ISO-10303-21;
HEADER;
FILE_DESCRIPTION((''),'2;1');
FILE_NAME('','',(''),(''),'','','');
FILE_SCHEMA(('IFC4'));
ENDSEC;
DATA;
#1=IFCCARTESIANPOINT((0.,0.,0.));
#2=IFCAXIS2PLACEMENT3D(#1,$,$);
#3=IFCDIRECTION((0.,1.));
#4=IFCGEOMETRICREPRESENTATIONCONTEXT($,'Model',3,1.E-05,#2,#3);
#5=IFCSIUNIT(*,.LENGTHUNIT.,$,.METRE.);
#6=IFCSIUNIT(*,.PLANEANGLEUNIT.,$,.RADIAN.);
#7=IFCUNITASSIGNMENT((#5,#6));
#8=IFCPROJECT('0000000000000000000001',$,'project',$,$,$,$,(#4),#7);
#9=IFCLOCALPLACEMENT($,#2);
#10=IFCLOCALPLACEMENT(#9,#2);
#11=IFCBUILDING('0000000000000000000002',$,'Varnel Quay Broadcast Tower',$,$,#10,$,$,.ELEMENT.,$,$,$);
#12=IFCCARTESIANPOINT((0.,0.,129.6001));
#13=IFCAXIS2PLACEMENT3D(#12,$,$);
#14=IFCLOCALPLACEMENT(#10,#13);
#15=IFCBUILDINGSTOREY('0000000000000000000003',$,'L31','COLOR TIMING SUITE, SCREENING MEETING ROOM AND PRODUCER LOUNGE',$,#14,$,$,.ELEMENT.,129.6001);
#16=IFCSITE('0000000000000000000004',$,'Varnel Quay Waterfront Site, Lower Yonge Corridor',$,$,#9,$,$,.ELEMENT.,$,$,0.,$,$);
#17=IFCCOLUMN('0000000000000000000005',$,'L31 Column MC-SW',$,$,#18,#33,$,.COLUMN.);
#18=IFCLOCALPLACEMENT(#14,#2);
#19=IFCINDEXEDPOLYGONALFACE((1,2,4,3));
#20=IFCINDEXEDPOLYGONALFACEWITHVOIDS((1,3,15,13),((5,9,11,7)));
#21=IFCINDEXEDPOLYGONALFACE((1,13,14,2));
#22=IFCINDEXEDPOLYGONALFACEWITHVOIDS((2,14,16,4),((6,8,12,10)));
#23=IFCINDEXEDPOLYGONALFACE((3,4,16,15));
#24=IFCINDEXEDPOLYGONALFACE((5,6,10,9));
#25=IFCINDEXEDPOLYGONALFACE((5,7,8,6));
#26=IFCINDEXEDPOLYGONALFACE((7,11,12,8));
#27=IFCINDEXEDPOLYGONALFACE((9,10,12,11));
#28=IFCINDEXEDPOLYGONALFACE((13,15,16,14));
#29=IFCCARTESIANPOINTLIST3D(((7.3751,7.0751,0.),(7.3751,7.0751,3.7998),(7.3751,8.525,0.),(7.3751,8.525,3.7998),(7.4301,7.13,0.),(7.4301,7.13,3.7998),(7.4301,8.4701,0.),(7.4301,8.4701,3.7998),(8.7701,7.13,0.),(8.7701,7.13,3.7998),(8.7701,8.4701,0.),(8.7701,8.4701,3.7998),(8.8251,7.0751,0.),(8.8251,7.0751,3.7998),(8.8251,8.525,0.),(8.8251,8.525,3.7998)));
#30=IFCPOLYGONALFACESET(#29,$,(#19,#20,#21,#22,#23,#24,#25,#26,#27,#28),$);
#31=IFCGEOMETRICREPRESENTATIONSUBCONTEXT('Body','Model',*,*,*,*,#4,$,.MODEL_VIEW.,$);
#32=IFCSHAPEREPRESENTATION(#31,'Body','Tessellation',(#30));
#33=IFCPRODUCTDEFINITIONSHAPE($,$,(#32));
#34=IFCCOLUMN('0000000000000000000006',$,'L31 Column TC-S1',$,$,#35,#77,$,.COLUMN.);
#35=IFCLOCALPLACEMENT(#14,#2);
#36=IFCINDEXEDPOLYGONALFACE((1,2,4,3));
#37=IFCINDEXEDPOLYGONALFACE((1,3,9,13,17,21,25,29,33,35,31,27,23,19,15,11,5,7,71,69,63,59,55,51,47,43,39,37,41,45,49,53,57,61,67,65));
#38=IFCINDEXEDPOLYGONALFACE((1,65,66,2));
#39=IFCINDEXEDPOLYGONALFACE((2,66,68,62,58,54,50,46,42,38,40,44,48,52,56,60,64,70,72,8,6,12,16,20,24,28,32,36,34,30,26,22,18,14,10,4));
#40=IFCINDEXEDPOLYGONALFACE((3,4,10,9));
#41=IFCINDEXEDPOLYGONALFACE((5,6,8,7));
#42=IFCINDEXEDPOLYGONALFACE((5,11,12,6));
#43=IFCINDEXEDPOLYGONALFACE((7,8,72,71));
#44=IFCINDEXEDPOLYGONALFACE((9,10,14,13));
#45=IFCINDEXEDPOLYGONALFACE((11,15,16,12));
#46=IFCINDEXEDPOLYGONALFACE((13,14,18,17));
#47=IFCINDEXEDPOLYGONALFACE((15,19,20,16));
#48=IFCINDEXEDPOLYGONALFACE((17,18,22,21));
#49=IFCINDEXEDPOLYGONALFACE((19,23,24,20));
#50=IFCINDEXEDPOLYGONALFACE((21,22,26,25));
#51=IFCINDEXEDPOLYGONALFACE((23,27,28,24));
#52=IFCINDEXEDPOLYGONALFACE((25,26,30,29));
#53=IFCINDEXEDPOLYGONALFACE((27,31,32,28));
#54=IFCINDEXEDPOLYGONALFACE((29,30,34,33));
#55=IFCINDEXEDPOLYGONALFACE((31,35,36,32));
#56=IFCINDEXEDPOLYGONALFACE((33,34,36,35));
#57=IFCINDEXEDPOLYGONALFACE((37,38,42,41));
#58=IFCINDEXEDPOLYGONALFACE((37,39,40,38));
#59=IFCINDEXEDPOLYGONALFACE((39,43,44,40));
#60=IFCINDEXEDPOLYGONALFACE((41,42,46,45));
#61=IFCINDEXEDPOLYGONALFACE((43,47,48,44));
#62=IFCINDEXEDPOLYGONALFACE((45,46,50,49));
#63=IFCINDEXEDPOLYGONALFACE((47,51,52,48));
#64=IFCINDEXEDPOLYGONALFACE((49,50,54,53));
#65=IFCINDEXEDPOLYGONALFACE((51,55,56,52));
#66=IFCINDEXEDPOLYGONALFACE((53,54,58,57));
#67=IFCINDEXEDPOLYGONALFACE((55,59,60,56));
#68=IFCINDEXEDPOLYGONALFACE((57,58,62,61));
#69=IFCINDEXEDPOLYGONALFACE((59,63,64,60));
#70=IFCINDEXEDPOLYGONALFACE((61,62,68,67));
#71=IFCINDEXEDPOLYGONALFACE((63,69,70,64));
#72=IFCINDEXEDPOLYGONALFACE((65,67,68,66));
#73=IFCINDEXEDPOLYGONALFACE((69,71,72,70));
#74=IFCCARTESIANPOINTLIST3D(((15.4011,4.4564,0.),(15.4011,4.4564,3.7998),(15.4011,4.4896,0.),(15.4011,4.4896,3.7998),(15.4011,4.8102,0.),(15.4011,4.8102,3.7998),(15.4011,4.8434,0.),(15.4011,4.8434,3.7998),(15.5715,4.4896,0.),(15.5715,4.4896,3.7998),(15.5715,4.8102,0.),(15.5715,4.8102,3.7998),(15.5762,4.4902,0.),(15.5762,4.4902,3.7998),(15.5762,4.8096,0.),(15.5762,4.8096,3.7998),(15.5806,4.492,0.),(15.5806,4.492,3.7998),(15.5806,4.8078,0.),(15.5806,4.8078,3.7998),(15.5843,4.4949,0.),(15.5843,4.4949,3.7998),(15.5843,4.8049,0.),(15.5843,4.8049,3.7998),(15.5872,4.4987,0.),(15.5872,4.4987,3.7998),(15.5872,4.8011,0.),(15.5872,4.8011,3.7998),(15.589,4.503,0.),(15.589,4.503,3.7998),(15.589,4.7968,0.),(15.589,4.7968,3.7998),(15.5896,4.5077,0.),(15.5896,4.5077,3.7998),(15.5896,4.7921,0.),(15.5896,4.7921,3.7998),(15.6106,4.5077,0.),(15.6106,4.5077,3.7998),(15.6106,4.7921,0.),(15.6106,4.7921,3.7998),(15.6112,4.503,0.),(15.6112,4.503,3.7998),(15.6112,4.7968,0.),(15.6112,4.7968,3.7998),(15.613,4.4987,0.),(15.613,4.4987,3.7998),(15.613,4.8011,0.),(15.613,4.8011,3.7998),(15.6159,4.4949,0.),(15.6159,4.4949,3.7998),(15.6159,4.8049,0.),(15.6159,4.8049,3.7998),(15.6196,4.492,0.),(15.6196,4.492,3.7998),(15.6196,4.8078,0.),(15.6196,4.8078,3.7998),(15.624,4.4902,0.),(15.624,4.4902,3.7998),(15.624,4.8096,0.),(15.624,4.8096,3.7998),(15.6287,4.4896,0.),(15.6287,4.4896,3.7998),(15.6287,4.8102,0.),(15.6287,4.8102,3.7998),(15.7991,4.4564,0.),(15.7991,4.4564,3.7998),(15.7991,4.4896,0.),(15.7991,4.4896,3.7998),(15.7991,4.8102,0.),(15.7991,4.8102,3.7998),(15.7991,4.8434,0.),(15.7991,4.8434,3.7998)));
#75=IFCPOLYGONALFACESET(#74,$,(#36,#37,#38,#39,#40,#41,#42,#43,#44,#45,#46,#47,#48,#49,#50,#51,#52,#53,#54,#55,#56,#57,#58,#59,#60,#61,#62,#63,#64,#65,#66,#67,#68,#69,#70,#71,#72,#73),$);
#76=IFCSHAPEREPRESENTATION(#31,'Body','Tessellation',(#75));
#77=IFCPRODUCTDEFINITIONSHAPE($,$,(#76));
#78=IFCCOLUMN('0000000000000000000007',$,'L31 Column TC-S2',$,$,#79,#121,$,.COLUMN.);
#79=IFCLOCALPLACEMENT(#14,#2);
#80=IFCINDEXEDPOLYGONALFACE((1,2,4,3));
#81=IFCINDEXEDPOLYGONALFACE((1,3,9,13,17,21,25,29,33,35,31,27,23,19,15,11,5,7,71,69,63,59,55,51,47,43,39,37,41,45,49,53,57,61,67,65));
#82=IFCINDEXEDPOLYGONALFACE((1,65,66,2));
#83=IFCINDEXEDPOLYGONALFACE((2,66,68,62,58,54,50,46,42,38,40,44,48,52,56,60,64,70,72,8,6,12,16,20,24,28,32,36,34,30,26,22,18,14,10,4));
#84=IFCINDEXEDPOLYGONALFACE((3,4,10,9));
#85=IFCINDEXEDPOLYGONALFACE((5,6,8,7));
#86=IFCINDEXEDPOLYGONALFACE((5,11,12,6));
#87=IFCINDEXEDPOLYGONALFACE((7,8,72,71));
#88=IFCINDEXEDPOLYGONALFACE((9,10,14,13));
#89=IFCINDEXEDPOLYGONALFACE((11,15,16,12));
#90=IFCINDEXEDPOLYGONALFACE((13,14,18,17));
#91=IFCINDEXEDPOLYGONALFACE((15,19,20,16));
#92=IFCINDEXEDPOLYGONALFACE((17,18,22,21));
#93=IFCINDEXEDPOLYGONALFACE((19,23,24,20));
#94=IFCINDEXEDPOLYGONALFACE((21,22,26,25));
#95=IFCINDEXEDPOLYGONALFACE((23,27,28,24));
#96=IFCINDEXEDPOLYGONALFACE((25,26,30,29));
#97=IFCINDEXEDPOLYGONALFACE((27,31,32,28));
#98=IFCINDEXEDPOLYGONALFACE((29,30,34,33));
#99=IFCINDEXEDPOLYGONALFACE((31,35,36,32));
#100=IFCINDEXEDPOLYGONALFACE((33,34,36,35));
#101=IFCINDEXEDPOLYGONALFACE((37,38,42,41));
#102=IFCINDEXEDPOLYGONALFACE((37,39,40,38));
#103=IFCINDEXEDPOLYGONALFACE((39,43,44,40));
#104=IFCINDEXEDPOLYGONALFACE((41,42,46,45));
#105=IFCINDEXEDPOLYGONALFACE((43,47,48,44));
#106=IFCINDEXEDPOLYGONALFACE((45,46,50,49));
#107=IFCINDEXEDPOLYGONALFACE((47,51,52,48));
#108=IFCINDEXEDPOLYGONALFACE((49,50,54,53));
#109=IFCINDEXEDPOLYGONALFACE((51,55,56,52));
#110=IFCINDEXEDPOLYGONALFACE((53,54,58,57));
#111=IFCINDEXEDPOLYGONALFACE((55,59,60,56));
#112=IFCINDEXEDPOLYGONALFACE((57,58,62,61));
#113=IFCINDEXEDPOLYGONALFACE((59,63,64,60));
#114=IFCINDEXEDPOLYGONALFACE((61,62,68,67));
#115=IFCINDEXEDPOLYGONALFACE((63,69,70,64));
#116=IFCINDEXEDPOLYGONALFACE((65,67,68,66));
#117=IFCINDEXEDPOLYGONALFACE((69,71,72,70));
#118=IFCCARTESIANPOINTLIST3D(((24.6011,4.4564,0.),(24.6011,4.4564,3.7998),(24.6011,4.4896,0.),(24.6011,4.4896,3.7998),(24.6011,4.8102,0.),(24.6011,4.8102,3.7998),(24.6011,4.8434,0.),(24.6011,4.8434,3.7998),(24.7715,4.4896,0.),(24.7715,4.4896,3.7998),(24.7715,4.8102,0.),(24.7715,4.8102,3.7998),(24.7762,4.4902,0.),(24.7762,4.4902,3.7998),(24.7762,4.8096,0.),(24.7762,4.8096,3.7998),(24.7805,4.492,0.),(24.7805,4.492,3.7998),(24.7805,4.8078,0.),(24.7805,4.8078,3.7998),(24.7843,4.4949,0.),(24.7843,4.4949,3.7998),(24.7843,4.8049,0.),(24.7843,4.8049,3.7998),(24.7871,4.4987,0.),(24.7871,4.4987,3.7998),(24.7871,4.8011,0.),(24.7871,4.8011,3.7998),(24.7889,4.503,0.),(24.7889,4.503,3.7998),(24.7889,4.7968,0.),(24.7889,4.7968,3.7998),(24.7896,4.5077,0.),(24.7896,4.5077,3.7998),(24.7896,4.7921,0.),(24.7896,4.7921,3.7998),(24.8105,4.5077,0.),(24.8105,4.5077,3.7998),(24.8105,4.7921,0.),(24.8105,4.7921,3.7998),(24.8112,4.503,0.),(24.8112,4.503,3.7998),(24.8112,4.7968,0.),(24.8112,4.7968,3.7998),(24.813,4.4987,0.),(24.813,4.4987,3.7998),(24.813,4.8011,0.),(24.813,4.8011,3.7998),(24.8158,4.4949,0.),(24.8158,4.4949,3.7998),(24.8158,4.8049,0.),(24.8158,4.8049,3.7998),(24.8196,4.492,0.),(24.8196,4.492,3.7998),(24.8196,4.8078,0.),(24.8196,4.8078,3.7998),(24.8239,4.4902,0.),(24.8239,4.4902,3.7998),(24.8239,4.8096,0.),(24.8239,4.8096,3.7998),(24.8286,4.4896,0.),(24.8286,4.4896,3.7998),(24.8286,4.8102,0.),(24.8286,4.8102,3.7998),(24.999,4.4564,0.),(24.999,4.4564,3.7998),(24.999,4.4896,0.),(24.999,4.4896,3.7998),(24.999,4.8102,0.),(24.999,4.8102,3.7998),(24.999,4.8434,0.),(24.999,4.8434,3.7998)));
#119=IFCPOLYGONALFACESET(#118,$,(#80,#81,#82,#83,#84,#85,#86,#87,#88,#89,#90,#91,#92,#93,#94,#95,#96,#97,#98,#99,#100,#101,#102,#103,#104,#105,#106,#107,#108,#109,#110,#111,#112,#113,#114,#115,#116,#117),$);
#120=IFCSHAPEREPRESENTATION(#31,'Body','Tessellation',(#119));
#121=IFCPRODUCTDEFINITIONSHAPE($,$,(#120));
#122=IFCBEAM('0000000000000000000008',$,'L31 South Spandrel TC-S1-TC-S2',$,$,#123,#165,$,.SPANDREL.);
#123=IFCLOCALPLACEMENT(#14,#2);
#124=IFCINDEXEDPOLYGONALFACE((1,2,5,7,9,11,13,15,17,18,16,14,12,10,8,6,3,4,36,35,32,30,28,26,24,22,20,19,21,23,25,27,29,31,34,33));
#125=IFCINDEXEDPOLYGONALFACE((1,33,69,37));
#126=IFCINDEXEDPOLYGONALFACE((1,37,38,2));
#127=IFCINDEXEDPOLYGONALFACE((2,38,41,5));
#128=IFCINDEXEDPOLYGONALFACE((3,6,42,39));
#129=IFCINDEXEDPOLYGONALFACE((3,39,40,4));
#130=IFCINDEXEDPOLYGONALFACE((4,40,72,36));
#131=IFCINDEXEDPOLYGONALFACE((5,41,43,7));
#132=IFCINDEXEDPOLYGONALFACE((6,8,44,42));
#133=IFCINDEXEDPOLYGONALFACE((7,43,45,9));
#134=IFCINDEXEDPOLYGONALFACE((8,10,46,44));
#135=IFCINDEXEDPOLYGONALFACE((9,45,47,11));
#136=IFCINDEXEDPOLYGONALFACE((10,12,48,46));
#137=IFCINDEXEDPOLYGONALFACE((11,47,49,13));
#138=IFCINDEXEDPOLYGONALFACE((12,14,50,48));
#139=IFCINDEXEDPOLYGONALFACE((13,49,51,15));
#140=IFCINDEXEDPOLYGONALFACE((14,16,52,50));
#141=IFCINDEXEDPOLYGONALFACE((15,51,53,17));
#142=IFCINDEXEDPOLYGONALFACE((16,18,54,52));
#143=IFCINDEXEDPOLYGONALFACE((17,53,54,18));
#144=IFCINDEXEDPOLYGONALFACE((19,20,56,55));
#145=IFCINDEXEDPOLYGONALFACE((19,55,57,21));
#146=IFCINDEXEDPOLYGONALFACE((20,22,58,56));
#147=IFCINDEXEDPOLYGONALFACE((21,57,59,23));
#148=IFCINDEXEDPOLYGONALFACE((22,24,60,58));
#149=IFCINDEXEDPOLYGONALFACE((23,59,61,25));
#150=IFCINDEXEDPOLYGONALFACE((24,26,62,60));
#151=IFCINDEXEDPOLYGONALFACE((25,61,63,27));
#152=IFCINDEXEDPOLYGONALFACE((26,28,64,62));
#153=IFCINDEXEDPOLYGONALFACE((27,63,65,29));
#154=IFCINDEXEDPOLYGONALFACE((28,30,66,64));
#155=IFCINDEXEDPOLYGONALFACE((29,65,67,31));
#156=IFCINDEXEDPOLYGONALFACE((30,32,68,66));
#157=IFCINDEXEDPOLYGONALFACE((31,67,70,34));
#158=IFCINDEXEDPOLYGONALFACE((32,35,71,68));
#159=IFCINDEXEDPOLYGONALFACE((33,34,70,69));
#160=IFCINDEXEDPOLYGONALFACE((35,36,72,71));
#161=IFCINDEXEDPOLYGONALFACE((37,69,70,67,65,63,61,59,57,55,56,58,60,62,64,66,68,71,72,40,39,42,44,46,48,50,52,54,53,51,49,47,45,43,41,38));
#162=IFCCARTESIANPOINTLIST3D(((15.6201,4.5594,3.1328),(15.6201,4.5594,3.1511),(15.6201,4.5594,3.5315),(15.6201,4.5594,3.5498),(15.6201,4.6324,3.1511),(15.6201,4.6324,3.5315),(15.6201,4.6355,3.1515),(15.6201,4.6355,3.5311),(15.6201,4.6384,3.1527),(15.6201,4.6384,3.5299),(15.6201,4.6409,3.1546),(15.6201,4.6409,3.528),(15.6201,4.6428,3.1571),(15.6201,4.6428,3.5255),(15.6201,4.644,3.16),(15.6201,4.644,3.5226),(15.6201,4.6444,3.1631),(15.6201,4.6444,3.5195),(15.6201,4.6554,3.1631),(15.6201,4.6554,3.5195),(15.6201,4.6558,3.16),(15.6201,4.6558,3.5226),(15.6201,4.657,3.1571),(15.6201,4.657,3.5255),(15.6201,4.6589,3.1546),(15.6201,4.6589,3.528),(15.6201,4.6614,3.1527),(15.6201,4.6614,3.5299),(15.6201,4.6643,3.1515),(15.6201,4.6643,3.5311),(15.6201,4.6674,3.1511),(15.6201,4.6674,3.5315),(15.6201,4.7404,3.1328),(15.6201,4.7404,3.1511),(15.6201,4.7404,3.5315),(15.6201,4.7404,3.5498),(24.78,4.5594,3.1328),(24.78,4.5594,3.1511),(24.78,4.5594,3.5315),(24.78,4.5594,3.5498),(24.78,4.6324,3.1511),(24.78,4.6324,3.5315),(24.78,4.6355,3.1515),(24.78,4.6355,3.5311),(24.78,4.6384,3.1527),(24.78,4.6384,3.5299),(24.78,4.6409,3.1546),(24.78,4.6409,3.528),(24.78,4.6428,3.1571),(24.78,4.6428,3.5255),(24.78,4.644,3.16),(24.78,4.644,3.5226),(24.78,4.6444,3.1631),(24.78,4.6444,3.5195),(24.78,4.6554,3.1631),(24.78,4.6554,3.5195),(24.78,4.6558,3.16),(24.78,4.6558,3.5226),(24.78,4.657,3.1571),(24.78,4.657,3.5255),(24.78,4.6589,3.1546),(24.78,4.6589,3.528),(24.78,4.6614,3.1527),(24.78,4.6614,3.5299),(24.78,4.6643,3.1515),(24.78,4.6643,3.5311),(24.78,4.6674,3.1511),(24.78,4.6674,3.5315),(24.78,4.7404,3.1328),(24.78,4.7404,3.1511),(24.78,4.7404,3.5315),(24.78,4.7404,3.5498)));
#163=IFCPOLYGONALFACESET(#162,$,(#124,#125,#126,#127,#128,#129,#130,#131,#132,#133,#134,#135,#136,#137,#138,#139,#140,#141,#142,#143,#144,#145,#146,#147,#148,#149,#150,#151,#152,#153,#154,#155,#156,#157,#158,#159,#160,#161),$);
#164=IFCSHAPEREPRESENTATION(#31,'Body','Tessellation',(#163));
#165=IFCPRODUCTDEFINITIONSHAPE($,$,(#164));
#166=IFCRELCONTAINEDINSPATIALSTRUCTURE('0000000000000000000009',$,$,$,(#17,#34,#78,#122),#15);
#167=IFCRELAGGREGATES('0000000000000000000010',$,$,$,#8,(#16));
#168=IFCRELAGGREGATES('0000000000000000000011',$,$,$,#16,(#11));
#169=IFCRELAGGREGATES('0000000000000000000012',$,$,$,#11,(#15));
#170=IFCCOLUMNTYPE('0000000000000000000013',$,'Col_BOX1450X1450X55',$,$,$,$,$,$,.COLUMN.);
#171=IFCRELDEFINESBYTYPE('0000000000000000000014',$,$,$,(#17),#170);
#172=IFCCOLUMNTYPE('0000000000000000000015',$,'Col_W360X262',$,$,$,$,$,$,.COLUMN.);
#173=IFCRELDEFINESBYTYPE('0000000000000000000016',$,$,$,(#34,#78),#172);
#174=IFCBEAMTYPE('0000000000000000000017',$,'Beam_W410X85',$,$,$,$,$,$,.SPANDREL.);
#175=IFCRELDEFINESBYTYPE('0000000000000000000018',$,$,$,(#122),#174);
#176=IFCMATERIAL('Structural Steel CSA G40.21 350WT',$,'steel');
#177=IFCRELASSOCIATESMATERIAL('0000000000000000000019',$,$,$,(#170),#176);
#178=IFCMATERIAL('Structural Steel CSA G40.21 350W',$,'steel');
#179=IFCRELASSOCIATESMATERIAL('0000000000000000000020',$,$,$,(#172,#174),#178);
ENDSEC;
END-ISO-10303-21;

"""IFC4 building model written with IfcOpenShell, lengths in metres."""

from ifc_helpers import new_model, si_unit, direction, frame, origin, origin_2d, place, context, subcontext, project, spatial, hollow_rectangle, i_section, extrude, source, transform, mapped, material, material_profile, profile_set, type_object, type_shapes, element, save


model = new_model("IFC4")

# Units and contexts
model_context = context("Model", 3, precision=1e-05, world=origin(), true_north=direction((0.0, 1.0)))
body_context = subcontext(model_context, "Body", "Model", "MODEL_VIEW")
ifc_project = project(units=[si_unit("LENGTHUNIT", "METRE"), si_unit("PLANEANGLEUNIT", "RADIAN")], contexts=[model_context])

# Site, building, storey
site_placement = place(None, origin())
site = spatial("IfcSite", under=ifc_project, at=site_placement, Name="Varnel Quay Waterfront Site, Lower Yonge Corridor", CompositionType="ELEMENT", RefElevation=0.0)
building_placement = place(site_placement, origin())
building = spatial("IfcBuilding", under=site, at=building_placement, Name="Varnel Quay Broadcast Tower", CompositionType="ELEMENT")
storey_placement = place(building_placement, frame((0.0, 0.0, 129.6001)))
storey = spatial("IfcBuildingStorey", under=building, at=storey_placement, Name="L31", Description="COLOR TIMING SUITE, SCREENING MEETING ROOM AND PRODUCER LOUNGE", CompositionType="ELEMENT", Elevation=129.6001)

# Columns
ifc_material_1 = material(Name="Structural Steel CSA G40.21 350WT", Category="steel")
ifc_material_profile_1 = material_profile(ifc_material_1, hollow_rectangle(XDim=1.45, YDim=1.45, WallThickness=0.0549, at=origin_2d()), Name="BOX1450X1450X55")
ifc_profile_set_1 = profile_set([ifc_material_profile_1], Name="Structural Steel CSA G40.21 350WT")
column_type_1 = type_object("IfcColumnType", Name="Col_BOX1450X1450X55", PredefinedType="COLUMN", material=ifc_profile_set_1)
shared_shape_1 = source(origin(), body_context, "Body", "SweptSolid", [
    extrude(hollow_rectangle(XDim=1.45, YDim=1.45, WallThickness=0.0549, at=origin_2d()), origin(), (0.0, 0.0, 1.0), 3.7998),
])
type_shapes(column_type_1, [shared_shape_1])
column_placement = place(storey_placement, frame((8.1001, 7.8, 0.0), z_axis=(0.0, 0.0, 1.0), x_axis=(1.0, 0.0, 0.0)))
element("IfcColumn", 1, at=column_placement, inside=storey, type_object=column_type_1, Name="L31 Column MC-SW", PredefinedType="COLUMN", context=body_context, shape_type="MappedRepresentation", body=[
    mapped(shared_shape_1, transform((0.0, 0.0, 0.0), x_axis=(1.0, 0.0, 0.0), y_axis=(0.0, 1.0, 0.0), z_axis=(0.0, 0.0, 1.0), scale=1.0)),
])
ifc_material_2 = material(Name="Structural Steel CSA G40.21 350W", Category="steel")
ifc_material_profile_2 = material_profile(ifc_material_2, i_section(OverallWidth=0.3979, OverallDepth=0.387, WebThickness=0.021, FlangeThickness=0.0332, FilletRadius=0.0181, at=origin_2d()), Name="W360X262")
ifc_profile_set_2 = profile_set([ifc_material_profile_2], Name="Structural Steel CSA G40.21 350W")
column_type_2 = type_object("IfcColumnType", Name="Col_W360X262", PredefinedType="COLUMN", material=ifc_profile_set_2)
shared_shape_2 = source(origin(), body_context, "Body", "SweptSolid", [
    extrude(i_section(OverallWidth=0.3979, OverallDepth=0.387, WebThickness=0.021, FlangeThickness=0.0332, FilletRadius=0.0181, at=origin_2d()), origin(), (0.0, 0.0, 1.0), 3.7998),
])
type_shapes(column_type_2, [shared_shape_2])
for number, where, z_axis, x_axis, name in (
    (2, (15.6001, 4.6499, 0.0), (0.0, 0.0, 1.0), (1.0, 0.0, 0.0), "L31 Column TC-S1"),
    (3, (24.8, 4.6499, 0.0), (0.0, 0.0, 1.0), (1.0, 0.0, 0.0), "L31 Column TC-S2"),
):
    element("IfcColumn", number, at=place(storey_placement, frame(where, z_axis=z_axis, x_axis=x_axis)), inside=storey, type_object=column_type_2, Name=name, PredefinedType="COLUMN", context=body_context, shape_type="MappedRepresentation", body=[
        mapped(shared_shape_2, transform((0.0, 0.0, 0.0), x_axis=(1.0, 0.0, 0.0), y_axis=(0.0, 1.0, 0.0), z_axis=(0.0, 0.0, 1.0), scale=1.0)),
    ])

# Beam
ifc_material_profile_3 = material_profile(ifc_material_2, i_section(OverallWidth=0.1809, OverallDepth=0.417, WebThickness=0.011, FlangeThickness=0.0183, FilletRadius=0.012, at=origin_2d()), Name="W410X85")
ifc_profile_set_3 = profile_set([ifc_material_profile_3], Name="Structural Steel CSA G40.21 350W")
beam_type_1 = type_object("IfcBeamType", Name="Beam_W410X85", PredefinedType="SPANDREL", material=ifc_profile_set_3)
shared_shape_3 = source(origin(), body_context, "Body", "SweptSolid", [
    extrude(i_section(OverallWidth=0.1809, OverallDepth=0.417, WebThickness=0.011, FlangeThickness=0.0183, FilletRadius=0.012, at=origin_2d()), origin(), (0.0, 0.0, 1.0), 9.1599),
])
for number, where, z_axis, x_axis, name in (
    (4, (15.6201, 4.6499, 3.3413), (1.0, 0.0, 0.0), (0.0, 1.0, 0.0), "L31 South Spandrel TC-S1-TC-S2"),
):
    element("IfcBeam", number, at=place(storey_placement, frame(where, z_axis=z_axis, x_axis=x_axis)), inside=storey, type_object=beam_type_1, Name=name, PredefinedType="SPANDREL", context=body_context, shape_type="MappedRepresentation", body=[
        mapped(shared_shape_3, transform((0.0, 0.0, 0.0), x_axis=(1.0, 0.0, 0.0), y_axis=(0.0, 1.0, 0.0), z_axis=(0.0, 0.0, 1.0), scale=1.0)),
    ])

save(model, "model.ifc")
